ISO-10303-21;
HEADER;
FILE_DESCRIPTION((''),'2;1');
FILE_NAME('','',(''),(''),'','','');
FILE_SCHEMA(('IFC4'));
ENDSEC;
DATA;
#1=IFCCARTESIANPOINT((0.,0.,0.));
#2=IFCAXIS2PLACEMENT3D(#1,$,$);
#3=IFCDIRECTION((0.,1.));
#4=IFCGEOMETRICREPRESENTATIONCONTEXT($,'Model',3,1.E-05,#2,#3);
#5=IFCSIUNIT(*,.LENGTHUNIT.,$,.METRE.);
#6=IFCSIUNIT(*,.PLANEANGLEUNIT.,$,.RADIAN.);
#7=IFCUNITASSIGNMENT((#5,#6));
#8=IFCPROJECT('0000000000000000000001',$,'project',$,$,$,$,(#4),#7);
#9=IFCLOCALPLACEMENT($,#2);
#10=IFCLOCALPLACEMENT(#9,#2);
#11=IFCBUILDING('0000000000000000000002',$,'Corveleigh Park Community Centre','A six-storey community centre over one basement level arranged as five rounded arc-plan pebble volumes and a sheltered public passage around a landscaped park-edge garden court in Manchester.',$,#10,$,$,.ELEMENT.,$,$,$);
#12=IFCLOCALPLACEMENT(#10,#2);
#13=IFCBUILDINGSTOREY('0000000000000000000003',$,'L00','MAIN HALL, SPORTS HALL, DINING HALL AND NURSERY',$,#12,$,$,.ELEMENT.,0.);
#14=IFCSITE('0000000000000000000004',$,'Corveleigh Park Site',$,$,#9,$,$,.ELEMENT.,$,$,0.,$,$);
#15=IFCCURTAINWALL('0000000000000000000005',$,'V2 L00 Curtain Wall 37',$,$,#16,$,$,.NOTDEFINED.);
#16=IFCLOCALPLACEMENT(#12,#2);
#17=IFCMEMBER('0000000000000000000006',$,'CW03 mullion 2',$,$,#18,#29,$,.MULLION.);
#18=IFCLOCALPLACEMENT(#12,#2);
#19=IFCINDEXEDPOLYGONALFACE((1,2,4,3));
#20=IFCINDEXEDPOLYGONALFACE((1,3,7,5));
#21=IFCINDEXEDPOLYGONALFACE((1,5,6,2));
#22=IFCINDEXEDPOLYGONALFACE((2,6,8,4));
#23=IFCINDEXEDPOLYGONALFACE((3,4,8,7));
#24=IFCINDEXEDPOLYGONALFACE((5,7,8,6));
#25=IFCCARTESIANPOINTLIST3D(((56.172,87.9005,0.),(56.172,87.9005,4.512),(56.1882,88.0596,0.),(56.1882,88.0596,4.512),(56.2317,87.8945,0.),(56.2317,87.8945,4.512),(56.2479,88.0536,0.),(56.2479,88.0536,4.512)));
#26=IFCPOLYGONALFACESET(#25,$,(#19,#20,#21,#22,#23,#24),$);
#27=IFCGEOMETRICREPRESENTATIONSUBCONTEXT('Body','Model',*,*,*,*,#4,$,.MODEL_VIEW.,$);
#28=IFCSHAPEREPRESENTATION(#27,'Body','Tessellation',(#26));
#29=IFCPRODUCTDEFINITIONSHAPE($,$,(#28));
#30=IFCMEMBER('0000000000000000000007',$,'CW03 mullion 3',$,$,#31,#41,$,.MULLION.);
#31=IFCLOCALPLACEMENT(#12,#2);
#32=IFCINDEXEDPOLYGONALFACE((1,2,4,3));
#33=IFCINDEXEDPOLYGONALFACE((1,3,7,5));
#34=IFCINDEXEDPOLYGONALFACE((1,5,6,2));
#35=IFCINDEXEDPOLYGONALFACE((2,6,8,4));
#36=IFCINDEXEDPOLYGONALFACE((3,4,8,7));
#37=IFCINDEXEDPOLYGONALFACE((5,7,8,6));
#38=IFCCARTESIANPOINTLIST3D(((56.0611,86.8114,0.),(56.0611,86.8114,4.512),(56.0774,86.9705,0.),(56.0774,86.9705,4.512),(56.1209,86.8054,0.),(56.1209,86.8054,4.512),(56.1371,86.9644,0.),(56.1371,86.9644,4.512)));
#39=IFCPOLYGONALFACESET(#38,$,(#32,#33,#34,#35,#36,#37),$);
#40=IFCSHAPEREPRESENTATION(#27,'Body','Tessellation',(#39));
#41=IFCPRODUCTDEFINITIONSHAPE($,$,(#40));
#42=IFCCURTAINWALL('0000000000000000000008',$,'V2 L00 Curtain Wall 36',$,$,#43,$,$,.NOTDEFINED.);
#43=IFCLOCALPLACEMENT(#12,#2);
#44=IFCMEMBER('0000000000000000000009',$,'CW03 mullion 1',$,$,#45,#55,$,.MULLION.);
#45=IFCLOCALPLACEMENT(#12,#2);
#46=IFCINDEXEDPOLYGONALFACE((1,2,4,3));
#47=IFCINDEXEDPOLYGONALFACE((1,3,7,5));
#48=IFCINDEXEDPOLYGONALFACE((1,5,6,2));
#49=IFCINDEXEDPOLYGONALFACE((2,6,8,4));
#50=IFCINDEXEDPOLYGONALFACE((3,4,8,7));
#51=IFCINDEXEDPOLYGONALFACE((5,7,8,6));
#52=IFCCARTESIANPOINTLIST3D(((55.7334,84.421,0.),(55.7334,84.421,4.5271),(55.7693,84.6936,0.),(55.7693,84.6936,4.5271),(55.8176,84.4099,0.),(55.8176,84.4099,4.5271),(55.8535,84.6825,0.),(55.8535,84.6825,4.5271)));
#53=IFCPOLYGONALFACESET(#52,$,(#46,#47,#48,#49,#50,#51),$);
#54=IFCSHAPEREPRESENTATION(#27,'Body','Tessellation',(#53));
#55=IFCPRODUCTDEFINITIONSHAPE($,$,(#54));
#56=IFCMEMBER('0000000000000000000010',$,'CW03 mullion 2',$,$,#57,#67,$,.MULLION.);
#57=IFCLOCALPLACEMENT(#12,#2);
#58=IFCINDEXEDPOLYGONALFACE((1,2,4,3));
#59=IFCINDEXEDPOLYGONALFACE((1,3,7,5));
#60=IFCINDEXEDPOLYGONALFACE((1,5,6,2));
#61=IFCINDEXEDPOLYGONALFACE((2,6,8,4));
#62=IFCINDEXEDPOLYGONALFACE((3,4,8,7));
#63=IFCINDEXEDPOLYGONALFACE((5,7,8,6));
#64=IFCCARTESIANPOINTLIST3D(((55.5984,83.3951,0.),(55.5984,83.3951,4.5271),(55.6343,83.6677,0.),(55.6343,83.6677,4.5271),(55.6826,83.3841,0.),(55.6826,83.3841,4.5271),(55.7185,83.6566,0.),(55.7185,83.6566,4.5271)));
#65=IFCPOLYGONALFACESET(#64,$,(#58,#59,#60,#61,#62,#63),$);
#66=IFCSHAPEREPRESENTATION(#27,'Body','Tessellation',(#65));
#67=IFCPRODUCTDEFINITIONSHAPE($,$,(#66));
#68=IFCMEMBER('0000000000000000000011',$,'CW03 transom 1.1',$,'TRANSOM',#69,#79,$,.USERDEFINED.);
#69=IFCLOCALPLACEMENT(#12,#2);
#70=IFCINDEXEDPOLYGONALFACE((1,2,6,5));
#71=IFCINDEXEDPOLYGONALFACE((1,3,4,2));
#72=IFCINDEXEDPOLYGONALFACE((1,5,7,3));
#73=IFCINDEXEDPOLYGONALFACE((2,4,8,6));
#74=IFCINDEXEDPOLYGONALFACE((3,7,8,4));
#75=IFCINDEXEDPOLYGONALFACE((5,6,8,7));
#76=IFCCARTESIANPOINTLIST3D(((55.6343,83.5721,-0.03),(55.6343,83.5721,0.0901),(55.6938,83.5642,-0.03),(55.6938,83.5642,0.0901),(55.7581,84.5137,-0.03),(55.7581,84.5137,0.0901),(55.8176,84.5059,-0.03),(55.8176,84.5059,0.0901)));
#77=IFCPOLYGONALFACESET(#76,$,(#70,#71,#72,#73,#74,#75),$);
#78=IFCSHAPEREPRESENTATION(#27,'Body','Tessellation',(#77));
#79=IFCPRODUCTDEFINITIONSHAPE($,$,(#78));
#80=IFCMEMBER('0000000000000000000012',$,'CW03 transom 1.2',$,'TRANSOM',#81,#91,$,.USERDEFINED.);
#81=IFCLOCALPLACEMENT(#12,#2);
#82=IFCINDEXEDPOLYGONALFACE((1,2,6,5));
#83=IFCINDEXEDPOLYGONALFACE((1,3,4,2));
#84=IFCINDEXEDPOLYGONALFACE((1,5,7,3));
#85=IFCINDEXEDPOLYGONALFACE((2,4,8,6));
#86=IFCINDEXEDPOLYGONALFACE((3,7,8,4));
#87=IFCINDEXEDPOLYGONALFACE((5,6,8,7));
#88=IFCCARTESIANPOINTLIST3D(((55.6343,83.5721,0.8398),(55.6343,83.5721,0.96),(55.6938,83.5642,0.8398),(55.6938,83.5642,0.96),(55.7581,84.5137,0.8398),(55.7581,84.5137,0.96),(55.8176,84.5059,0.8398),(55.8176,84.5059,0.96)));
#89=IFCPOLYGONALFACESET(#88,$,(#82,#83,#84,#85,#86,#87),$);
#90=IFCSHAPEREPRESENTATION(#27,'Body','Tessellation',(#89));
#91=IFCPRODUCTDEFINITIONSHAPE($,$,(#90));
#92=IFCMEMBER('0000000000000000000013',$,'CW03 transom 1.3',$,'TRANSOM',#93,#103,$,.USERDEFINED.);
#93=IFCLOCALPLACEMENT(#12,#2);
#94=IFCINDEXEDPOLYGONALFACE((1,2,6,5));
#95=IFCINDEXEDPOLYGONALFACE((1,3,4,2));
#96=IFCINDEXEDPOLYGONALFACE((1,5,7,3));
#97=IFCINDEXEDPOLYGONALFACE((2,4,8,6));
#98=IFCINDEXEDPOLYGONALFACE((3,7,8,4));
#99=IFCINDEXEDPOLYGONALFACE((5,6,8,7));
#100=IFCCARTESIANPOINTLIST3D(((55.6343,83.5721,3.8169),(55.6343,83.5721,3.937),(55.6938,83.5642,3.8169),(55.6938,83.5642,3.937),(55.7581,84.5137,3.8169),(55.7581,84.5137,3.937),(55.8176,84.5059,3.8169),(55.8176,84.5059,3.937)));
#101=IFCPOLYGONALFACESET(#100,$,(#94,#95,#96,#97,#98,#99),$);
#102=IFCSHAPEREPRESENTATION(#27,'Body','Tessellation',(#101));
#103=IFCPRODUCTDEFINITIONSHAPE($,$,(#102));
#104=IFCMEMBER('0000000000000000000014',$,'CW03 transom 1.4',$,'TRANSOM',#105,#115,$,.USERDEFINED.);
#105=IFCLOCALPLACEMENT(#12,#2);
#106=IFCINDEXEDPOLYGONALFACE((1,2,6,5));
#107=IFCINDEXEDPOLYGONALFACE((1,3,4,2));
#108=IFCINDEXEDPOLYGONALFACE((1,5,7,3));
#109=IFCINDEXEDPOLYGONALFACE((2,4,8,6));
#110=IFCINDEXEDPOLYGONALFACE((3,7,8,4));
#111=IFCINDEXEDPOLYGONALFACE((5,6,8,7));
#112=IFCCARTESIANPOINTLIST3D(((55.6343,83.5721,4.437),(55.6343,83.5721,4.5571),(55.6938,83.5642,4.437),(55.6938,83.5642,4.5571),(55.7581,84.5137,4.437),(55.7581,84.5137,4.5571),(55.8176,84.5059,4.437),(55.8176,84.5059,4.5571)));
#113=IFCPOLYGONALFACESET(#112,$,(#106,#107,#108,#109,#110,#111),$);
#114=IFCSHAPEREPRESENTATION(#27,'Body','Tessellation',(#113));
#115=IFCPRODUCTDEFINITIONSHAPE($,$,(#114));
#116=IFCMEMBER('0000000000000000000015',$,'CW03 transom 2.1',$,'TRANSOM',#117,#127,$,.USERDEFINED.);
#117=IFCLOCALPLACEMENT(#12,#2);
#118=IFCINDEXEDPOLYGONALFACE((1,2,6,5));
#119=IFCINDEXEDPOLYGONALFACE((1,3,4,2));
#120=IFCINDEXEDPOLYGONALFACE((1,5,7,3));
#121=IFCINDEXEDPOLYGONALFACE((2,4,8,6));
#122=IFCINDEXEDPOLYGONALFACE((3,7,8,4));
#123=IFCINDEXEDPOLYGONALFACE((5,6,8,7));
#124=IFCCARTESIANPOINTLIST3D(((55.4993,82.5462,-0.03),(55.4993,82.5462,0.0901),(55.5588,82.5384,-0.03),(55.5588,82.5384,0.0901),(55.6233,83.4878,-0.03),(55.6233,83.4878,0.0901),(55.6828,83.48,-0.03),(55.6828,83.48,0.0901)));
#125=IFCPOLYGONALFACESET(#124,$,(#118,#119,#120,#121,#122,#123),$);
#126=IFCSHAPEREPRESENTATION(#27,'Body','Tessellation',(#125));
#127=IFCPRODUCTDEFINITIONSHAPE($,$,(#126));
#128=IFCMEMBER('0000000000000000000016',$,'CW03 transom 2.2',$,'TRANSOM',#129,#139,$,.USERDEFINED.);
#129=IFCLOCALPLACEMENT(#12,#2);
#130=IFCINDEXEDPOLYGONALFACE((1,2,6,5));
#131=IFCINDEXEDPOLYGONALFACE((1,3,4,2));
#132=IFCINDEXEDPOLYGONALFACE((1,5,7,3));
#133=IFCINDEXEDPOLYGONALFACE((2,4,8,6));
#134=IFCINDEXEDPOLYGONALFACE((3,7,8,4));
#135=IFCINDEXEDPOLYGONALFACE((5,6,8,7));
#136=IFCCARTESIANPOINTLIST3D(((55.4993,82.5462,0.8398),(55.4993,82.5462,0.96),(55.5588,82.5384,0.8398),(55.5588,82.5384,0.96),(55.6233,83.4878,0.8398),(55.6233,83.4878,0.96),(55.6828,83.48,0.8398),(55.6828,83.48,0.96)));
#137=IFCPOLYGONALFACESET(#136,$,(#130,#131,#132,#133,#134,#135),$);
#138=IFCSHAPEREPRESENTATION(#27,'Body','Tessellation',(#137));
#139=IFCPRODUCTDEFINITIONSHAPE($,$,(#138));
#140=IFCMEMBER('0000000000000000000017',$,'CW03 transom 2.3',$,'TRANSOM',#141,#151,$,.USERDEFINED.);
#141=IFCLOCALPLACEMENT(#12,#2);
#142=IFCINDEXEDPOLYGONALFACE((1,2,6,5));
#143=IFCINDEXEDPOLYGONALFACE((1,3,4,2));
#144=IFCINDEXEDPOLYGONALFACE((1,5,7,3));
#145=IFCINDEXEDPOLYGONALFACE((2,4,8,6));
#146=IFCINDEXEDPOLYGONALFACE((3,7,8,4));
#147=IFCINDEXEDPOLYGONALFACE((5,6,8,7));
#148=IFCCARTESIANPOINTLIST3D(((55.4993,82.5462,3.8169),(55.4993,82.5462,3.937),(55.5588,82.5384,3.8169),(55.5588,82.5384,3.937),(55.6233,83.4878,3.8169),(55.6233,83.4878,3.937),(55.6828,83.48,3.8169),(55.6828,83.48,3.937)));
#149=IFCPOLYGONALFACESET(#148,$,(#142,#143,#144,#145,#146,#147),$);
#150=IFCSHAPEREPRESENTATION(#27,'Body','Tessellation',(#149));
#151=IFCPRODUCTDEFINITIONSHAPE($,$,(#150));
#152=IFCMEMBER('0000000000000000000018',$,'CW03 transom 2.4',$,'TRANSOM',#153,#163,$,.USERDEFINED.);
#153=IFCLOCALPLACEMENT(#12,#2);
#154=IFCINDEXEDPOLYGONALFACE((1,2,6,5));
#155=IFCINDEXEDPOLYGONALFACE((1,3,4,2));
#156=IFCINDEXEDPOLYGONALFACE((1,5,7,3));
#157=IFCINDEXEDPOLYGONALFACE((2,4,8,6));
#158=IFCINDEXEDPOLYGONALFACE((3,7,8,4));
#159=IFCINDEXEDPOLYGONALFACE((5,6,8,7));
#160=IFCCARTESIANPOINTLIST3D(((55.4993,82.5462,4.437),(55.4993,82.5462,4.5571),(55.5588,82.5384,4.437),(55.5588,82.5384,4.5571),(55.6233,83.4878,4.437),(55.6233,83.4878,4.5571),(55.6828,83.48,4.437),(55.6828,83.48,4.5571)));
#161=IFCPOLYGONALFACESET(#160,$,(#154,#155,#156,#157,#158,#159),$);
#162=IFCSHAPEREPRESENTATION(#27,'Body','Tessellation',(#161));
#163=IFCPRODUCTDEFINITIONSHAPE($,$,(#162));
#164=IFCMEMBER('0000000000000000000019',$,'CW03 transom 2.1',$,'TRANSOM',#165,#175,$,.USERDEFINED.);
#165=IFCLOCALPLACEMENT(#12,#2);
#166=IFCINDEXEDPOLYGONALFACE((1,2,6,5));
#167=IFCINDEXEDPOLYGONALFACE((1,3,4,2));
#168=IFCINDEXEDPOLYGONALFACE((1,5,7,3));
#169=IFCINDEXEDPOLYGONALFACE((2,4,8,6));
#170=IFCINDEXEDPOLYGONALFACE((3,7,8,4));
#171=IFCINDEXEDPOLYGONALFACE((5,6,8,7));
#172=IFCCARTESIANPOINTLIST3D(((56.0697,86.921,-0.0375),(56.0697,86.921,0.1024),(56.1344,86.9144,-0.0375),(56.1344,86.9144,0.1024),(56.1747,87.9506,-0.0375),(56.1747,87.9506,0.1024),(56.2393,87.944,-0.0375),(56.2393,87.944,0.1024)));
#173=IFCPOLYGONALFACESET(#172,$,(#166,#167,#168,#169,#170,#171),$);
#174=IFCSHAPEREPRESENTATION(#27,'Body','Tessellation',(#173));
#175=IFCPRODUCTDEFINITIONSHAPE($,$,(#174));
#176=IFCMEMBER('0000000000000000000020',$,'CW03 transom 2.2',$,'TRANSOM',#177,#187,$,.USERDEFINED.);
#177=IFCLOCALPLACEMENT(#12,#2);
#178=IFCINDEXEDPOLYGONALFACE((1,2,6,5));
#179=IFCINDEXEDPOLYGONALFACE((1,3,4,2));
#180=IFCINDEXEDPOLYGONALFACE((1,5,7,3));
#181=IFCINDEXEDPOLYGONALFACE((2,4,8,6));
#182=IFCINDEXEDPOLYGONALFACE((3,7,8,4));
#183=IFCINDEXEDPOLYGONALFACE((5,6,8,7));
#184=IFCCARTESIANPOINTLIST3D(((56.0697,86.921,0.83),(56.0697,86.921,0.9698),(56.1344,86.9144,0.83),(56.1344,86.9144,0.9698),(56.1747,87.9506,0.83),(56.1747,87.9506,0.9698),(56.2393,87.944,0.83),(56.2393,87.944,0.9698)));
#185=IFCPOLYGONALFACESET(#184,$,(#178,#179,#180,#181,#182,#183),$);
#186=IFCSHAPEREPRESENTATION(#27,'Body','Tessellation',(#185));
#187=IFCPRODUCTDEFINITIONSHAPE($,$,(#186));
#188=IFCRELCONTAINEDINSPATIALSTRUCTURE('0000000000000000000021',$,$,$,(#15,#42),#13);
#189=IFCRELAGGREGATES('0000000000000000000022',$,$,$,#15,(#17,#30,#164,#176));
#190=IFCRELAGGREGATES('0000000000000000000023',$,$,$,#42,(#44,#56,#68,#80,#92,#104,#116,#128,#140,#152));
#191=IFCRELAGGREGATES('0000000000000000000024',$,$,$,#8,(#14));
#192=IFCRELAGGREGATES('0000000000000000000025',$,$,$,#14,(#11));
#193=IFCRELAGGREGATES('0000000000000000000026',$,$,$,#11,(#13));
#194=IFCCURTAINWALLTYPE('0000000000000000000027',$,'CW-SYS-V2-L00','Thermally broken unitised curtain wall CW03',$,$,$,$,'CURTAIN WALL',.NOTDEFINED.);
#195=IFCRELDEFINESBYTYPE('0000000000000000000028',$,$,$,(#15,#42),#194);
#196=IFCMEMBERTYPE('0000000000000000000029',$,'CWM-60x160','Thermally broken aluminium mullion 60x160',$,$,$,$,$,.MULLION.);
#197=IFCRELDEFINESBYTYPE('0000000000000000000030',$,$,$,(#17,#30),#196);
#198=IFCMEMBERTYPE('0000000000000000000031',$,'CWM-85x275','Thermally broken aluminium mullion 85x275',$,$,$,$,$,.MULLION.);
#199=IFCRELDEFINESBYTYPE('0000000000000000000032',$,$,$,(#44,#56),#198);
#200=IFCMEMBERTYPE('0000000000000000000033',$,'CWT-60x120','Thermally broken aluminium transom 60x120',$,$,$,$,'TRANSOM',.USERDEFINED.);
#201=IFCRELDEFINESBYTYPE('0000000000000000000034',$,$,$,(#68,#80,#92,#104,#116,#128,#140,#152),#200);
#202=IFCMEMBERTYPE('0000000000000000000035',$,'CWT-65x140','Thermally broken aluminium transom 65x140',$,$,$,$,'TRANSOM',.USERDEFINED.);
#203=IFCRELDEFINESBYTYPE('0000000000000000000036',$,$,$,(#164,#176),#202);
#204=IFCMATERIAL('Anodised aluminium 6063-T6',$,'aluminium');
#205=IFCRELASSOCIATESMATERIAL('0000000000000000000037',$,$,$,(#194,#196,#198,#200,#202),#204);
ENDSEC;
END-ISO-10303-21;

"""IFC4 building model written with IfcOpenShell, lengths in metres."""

from ifc_helpers import new_model, si_unit, direction, frame, origin, origin_2d, place, context, subcontext, project, spatial, rectangle, extrude, material, material_profile, profile_set, type_object, element, aggregate, save


model = new_model("IFC4")

# Units and contexts
model_context = context("Model", 3, precision=1e-05, world=origin(), true_north=direction((0.0, 1.0)))
body_context = subcontext(model_context, "Body", "Model", "MODEL_VIEW")
ifc_project = project(units=[si_unit("LENGTHUNIT", "METRE"), si_unit("PLANEANGLEUNIT", "RADIAN")], contexts=[model_context])

# Site, building, storey
site_placement = place(None, origin())
site = spatial("IfcSite", under=ifc_project, at=site_placement, Name="Corveleigh Park Site", CompositionType="ELEMENT", RefElevation=0.0)
building_placement = place(site_placement, origin())
building = spatial("IfcBuilding", under=site, at=building_placement, Name="Corveleigh Park Community Centre", Description="A six-storey community centre over one basement level arranged as five rounded arc-plan pebble volumes and a sheltered public passage around a landscaped park-edge garden court in Manchester.", CompositionType="ELEMENT")
storey_placement = place(building_placement, origin())
storey = spatial("IfcBuildingStorey", under=building, at=storey_placement, Name="L00", Description="MAIN HALL, SPORTS HALL, DINING HALL AND NURSERY", CompositionType="ELEMENT", Elevation=0.0)

# Curtain walls, members
ifc_material_1 = material(Name="Anodised aluminium 6063-T6", Category="aluminium")
curtain_wall_type = type_object("IfcCurtainWallType", Name="CW-SYS-V2-L00", Description="Thermally broken unitised curtain wall CW03", ElementType="CURTAIN WALL", PredefinedType="NOTDEFINED", material=ifc_material_1)
curtain_wall_1_placement = place(storey_placement, origin())
curtain_wall_1 = element("IfcCurtainWall", 1, at=curtain_wall_1_placement, inside=storey, type_object=curtain_wall_type, Name="V2 L00 Curtain Wall 37", PredefinedType="NOTDEFINED")
ifc_material_profile_1 = material_profile(ifc_material_1, rectangle(XDim=0.0601, YDim=0.1599, at=origin_2d()), Name="ALU-M60x160", Category="aluminium")
ifc_profile_set_1 = profile_set([ifc_material_profile_1], Name="Anodised aluminium 6063-T6")
member_type_1 = type_object("IfcMemberType", Name="CWM-60x160", Description="Thermally broken aluminium mullion 60x160", PredefinedType="MULLION", material=ifc_profile_set_1)
member_1_placement = place(storey_placement, frame((56.21, 87.9771, 0.0), z_axis=(0.0, 0.0, 1.0), x_axis=(0.994851, -0.101352, 0.0)))
member_1 = element("IfcMember", 2, at=member_1_placement, type_object=member_type_1, Name="CW03 mullion 2", PredefinedType="MULLION", context=body_context, shape_type="SweptSolid", body=[
    extrude(rectangle(XDim=0.0601, YDim=0.1599, at=origin_2d()), origin(), (0.0, 0.0, 1.0), 4.512),
])
member_2_placement = place(storey_placement, frame((56.0991, 86.8879, 0.0), z_axis=(0.0, 0.0, 1.0), x_axis=(0.994851, -0.101352, 0.0)))
member_2 = element("IfcMember", 3, at=member_2_placement, type_object=member_type_1, Name="CW03 mullion 3", PredefinedType="MULLION", context=body_context, shape_type="SweptSolid", body=[
    extrude(rectangle(XDim=0.0601, YDim=0.1599, at=origin_2d()), origin(), (0.0, 0.0, 1.0), 4.512),
])
curtain_wall_2_placement = place(storey_placement, origin())
curtain_wall_2 = element("IfcCurtainWall", 4, at=curtain_wall_2_placement, inside=storey, type_object=curtain_wall_type, Name="V2 L00 Curtain Wall 36", PredefinedType="NOTDEFINED")
ifc_material_profile_2 = material_profile(ifc_material_1, rectangle(XDim=0.085, YDim=0.2749, at=origin_2d()), Name="ALU-M85x275", Category="aluminium")
ifc_profile_set_2 = profile_set([ifc_material_profile_2], Name="Anodised aluminium 6063-T6")
member_type_2 = type_object("IfcMemberType", Name="CWM-85x275", Description="Thermally broken aluminium mullion 85x275", PredefinedType="MULLION", material=ifc_profile_set_2)
member_3_placement = place(storey_placement, frame((55.7935, 84.5518, 0.0), z_axis=(0.0, 0.0, 1.0), x_axis=(0.991457, -0.13043, 0.0)))
member_3 = element("IfcMember", 5, at=member_3_placement, type_object=member_type_2, Name="CW03 mullion 1", PredefinedType="MULLION", context=body_context, shape_type="SweptSolid", body=[
    extrude(rectangle(XDim=0.085, YDim=0.2749, at=origin_2d()), origin(), (0.0, 0.0, 1.0), 4.5271),
])
member_4_placement = place(storey_placement, frame((55.6584, 83.5259, 0.0), z_axis=(0.0, 0.0, 1.0), x_axis=(0.991457, -0.13043, 0.0)))
member_4 = element("IfcMember", 6, at=member_4_placement, type_object=member_type_2, Name="CW03 mullion 2", PredefinedType="MULLION", context=body_context, shape_type="SweptSolid", body=[
    extrude(rectangle(XDim=0.085, YDim=0.2749, at=origin_2d()), origin(), (0.0, 0.0, 1.0), 4.5271),
])
ifc_material_profile_3 = material_profile(ifc_material_1, rectangle(XDim=0.0601, YDim=0.1201, at=origin_2d()), Name="ALU-T60x120", Category="aluminium")
ifc_profile_set_3 = profile_set([ifc_material_profile_3], Name="Anodised aluminium 6063-T6")
member_type_3 = type_object("IfcMemberType", Name="CWT-60x120", Description="Thermally broken aluminium transom 60x120", ElementType="TRANSOM", PredefinedType="USERDEFINED", material=ifc_profile_set_3)
member_5_placement = place(storey_placement, frame((55.7878, 84.5098, 0.03), z_axis=(-0.130328, -0.991471, 0.0), x_axis=(0.991471, -0.130328, 0.0)))
member_5 = element("IfcMember", 7, at=member_5_placement, type_object=member_type_3, Name="CW03 transom 1.1", ObjectType="TRANSOM", PredefinedType="USERDEFINED", context=body_context, shape_type="SweptSolid", body=[
    extrude(rectangle(XDim=0.0601, YDim=0.1201, at=origin_2d()), origin(), (0.0, 0.0, 1.0), 0.9497),
])
member_6_placement = place(storey_placement, frame((55.7878, 84.5098, 0.8999), z_axis=(-0.130328, -0.991471, 0.0), x_axis=(0.991471, -0.130328, 0.0)))
member_6 = element("IfcMember", 8, at=member_6_placement, type_object=member_type_3, Name="CW03 transom 1.2", ObjectType="TRANSOM", PredefinedType="USERDEFINED", context=body_context, shape_type="SweptSolid", body=[
    extrude(rectangle(XDim=0.0601, YDim=0.1201, at=origin_2d()), origin(), (0.0, 0.0, 1.0), 0.9497),
])
member_7_placement = place(storey_placement, frame((55.7878, 84.5098, 3.877), z_axis=(-0.130328, -0.991471, 0.0), x_axis=(0.991471, -0.130328, 0.0)))
member_7 = element("IfcMember", 9, at=member_7_placement, type_object=member_type_3, Name="CW03 transom 1.3", ObjectType="TRANSOM", PredefinedType="USERDEFINED", context=body_context, shape_type="SweptSolid", body=[
    extrude(rectangle(XDim=0.0601, YDim=0.1201, at=origin_2d()), origin(), (0.0, 0.0, 1.0), 0.9497),
])
member_8_placement = place(storey_placement, frame((55.7878, 84.5098, 4.4971), z_axis=(-0.130328, -0.991471, 0.0), x_axis=(0.991471, -0.130328, 0.0)))
member_8 = element("IfcMember", 10, at=member_8_placement, type_object=member_type_3, Name="CW03 transom 1.4", ObjectType="TRANSOM", PredefinedType="USERDEFINED", context=body_context, shape_type="SweptSolid", body=[
    extrude(rectangle(XDim=0.0601, YDim=0.1201, at=origin_2d()), origin(), (0.0, 0.0, 1.0), 0.9497),
])
member_9_placement = place(storey_placement, frame((55.6531, 83.4839, 0.03), z_axis=(-0.130581, -0.991438, 0.0), x_axis=(0.991438, -0.130581, 0.0)))
member_9 = element("IfcMember", 11, at=member_9_placement, type_object=member_type_3, Name="CW03 transom 2.1", ObjectType="TRANSOM", PredefinedType="USERDEFINED", context=body_context, shape_type="SweptSolid", body=[
    extrude(rectangle(XDim=0.0601, YDim=0.1201, at=origin_2d()), origin(), (0.0, 0.0, 1.0), 0.9497),
])
member_10_placement = place(storey_placement, frame((55.6531, 83.4839, 0.8999), z_axis=(-0.130581, -0.991438, 0.0), x_axis=(0.991438, -0.130581, 0.0)))
member_10 = element("IfcMember", 12, at=member_10_placement, type_object=member_type_3, Name="CW03 transom 2.2", ObjectType="TRANSOM", PredefinedType="USERDEFINED", context=body_context, shape_type="SweptSolid", body=[
    extrude(rectangle(XDim=0.0601, YDim=0.1201, at=origin_2d()), origin(), (0.0, 0.0, 1.0), 0.9497),
])
member_11_placement = place(storey_placement, frame((55.6531, 83.4839, 3.877), z_axis=(-0.130581, -0.991438, 0.0), x_axis=(0.991438, -0.130581, 0.0)))
member_11 = element("IfcMember", 13, at=member_11_placement, type_object=member_type_3, Name="CW03 transom 2.3", ObjectType="TRANSOM", PredefinedType="USERDEFINED", context=body_context, shape_type="SweptSolid", body=[
    extrude(rectangle(XDim=0.0601, YDim=0.1201, at=origin_2d()), origin(), (0.0, 0.0, 1.0), 0.9497),
])
member_12_placement = place(storey_placement, frame((55.6531, 83.4839, 4.4971), z_axis=(-0.130581, -0.991438, 0.0), x_axis=(0.991438, -0.130581, 0.0)))
member_12 = element("IfcMember", 14, at=member_12_placement, type_object=member_type_3, Name="CW03 transom 2.4", ObjectType="TRANSOM", PredefinedType="USERDEFINED", context=body_context, shape_type="SweptSolid", body=[
    extrude(rectangle(XDim=0.0601, YDim=0.1201, at=origin_2d()), origin(), (0.0, 0.0, 1.0), 0.9497),
])

# Members
ifc_material_profile_4 = material_profile(ifc_material_1, rectangle(XDim=0.0649, YDim=0.1399, at=origin_2d()), Name="ALU-T65x140", Category="aluminium")
ifc_profile_set_4 = profile_set([ifc_material_profile_4], Name="Anodised aluminium 6063-T6")
member_type_4 = type_object("IfcMemberType", Name="CWT-65x140", Description="Thermally broken aluminium transom 65x140", ElementType="TRANSOM", PredefinedType="USERDEFINED", material=ifc_profile_set_4)
member_13_placement = place(storey_placement, frame((56.207, 87.9473, 0.0325), z_axis=(-0.101442, -0.994841, 0.0), x_axis=(0.994841, -0.101442, 0.0)))
member_13 = element("IfcMember", 15, at=member_13_placement, type_object=member_type_4, Name="CW03 transom 2.1", ObjectType="TRANSOM", PredefinedType="USERDEFINED", context=body_context, shape_type="SweptSolid", body=[
    extrude(rectangle(XDim=0.0649, YDim=0.1399, at=origin_2d()), origin(), (0.0, 0.0, 1.0), 1.0349),
])
member_14_placement = place(storey_placement, frame((56.207, 87.9473, 0.8999), z_axis=(-0.101442, -0.994841, 0.0), x_axis=(0.994841, -0.101442, 0.0)))
member_14 = element("IfcMember", 16, at=member_14_placement, type_object=member_type_4, Name="CW03 transom 2.2", ObjectType="TRANSOM", PredefinedType="USERDEFINED", context=body_context, shape_type="SweptSolid", body=[
    extrude(rectangle(XDim=0.0649, YDim=0.1399, at=origin_2d()), origin(), (0.0, 0.0, 1.0), 1.0349),
])

aggregate(curtain_wall_1, [member_1, member_2, member_13, member_14])
aggregate(curtain_wall_2, [member_3, member_4, member_5, member_6, member_7, member_8, member_9, member_10, member_11, member_12])

save(model, "model.ifc")
